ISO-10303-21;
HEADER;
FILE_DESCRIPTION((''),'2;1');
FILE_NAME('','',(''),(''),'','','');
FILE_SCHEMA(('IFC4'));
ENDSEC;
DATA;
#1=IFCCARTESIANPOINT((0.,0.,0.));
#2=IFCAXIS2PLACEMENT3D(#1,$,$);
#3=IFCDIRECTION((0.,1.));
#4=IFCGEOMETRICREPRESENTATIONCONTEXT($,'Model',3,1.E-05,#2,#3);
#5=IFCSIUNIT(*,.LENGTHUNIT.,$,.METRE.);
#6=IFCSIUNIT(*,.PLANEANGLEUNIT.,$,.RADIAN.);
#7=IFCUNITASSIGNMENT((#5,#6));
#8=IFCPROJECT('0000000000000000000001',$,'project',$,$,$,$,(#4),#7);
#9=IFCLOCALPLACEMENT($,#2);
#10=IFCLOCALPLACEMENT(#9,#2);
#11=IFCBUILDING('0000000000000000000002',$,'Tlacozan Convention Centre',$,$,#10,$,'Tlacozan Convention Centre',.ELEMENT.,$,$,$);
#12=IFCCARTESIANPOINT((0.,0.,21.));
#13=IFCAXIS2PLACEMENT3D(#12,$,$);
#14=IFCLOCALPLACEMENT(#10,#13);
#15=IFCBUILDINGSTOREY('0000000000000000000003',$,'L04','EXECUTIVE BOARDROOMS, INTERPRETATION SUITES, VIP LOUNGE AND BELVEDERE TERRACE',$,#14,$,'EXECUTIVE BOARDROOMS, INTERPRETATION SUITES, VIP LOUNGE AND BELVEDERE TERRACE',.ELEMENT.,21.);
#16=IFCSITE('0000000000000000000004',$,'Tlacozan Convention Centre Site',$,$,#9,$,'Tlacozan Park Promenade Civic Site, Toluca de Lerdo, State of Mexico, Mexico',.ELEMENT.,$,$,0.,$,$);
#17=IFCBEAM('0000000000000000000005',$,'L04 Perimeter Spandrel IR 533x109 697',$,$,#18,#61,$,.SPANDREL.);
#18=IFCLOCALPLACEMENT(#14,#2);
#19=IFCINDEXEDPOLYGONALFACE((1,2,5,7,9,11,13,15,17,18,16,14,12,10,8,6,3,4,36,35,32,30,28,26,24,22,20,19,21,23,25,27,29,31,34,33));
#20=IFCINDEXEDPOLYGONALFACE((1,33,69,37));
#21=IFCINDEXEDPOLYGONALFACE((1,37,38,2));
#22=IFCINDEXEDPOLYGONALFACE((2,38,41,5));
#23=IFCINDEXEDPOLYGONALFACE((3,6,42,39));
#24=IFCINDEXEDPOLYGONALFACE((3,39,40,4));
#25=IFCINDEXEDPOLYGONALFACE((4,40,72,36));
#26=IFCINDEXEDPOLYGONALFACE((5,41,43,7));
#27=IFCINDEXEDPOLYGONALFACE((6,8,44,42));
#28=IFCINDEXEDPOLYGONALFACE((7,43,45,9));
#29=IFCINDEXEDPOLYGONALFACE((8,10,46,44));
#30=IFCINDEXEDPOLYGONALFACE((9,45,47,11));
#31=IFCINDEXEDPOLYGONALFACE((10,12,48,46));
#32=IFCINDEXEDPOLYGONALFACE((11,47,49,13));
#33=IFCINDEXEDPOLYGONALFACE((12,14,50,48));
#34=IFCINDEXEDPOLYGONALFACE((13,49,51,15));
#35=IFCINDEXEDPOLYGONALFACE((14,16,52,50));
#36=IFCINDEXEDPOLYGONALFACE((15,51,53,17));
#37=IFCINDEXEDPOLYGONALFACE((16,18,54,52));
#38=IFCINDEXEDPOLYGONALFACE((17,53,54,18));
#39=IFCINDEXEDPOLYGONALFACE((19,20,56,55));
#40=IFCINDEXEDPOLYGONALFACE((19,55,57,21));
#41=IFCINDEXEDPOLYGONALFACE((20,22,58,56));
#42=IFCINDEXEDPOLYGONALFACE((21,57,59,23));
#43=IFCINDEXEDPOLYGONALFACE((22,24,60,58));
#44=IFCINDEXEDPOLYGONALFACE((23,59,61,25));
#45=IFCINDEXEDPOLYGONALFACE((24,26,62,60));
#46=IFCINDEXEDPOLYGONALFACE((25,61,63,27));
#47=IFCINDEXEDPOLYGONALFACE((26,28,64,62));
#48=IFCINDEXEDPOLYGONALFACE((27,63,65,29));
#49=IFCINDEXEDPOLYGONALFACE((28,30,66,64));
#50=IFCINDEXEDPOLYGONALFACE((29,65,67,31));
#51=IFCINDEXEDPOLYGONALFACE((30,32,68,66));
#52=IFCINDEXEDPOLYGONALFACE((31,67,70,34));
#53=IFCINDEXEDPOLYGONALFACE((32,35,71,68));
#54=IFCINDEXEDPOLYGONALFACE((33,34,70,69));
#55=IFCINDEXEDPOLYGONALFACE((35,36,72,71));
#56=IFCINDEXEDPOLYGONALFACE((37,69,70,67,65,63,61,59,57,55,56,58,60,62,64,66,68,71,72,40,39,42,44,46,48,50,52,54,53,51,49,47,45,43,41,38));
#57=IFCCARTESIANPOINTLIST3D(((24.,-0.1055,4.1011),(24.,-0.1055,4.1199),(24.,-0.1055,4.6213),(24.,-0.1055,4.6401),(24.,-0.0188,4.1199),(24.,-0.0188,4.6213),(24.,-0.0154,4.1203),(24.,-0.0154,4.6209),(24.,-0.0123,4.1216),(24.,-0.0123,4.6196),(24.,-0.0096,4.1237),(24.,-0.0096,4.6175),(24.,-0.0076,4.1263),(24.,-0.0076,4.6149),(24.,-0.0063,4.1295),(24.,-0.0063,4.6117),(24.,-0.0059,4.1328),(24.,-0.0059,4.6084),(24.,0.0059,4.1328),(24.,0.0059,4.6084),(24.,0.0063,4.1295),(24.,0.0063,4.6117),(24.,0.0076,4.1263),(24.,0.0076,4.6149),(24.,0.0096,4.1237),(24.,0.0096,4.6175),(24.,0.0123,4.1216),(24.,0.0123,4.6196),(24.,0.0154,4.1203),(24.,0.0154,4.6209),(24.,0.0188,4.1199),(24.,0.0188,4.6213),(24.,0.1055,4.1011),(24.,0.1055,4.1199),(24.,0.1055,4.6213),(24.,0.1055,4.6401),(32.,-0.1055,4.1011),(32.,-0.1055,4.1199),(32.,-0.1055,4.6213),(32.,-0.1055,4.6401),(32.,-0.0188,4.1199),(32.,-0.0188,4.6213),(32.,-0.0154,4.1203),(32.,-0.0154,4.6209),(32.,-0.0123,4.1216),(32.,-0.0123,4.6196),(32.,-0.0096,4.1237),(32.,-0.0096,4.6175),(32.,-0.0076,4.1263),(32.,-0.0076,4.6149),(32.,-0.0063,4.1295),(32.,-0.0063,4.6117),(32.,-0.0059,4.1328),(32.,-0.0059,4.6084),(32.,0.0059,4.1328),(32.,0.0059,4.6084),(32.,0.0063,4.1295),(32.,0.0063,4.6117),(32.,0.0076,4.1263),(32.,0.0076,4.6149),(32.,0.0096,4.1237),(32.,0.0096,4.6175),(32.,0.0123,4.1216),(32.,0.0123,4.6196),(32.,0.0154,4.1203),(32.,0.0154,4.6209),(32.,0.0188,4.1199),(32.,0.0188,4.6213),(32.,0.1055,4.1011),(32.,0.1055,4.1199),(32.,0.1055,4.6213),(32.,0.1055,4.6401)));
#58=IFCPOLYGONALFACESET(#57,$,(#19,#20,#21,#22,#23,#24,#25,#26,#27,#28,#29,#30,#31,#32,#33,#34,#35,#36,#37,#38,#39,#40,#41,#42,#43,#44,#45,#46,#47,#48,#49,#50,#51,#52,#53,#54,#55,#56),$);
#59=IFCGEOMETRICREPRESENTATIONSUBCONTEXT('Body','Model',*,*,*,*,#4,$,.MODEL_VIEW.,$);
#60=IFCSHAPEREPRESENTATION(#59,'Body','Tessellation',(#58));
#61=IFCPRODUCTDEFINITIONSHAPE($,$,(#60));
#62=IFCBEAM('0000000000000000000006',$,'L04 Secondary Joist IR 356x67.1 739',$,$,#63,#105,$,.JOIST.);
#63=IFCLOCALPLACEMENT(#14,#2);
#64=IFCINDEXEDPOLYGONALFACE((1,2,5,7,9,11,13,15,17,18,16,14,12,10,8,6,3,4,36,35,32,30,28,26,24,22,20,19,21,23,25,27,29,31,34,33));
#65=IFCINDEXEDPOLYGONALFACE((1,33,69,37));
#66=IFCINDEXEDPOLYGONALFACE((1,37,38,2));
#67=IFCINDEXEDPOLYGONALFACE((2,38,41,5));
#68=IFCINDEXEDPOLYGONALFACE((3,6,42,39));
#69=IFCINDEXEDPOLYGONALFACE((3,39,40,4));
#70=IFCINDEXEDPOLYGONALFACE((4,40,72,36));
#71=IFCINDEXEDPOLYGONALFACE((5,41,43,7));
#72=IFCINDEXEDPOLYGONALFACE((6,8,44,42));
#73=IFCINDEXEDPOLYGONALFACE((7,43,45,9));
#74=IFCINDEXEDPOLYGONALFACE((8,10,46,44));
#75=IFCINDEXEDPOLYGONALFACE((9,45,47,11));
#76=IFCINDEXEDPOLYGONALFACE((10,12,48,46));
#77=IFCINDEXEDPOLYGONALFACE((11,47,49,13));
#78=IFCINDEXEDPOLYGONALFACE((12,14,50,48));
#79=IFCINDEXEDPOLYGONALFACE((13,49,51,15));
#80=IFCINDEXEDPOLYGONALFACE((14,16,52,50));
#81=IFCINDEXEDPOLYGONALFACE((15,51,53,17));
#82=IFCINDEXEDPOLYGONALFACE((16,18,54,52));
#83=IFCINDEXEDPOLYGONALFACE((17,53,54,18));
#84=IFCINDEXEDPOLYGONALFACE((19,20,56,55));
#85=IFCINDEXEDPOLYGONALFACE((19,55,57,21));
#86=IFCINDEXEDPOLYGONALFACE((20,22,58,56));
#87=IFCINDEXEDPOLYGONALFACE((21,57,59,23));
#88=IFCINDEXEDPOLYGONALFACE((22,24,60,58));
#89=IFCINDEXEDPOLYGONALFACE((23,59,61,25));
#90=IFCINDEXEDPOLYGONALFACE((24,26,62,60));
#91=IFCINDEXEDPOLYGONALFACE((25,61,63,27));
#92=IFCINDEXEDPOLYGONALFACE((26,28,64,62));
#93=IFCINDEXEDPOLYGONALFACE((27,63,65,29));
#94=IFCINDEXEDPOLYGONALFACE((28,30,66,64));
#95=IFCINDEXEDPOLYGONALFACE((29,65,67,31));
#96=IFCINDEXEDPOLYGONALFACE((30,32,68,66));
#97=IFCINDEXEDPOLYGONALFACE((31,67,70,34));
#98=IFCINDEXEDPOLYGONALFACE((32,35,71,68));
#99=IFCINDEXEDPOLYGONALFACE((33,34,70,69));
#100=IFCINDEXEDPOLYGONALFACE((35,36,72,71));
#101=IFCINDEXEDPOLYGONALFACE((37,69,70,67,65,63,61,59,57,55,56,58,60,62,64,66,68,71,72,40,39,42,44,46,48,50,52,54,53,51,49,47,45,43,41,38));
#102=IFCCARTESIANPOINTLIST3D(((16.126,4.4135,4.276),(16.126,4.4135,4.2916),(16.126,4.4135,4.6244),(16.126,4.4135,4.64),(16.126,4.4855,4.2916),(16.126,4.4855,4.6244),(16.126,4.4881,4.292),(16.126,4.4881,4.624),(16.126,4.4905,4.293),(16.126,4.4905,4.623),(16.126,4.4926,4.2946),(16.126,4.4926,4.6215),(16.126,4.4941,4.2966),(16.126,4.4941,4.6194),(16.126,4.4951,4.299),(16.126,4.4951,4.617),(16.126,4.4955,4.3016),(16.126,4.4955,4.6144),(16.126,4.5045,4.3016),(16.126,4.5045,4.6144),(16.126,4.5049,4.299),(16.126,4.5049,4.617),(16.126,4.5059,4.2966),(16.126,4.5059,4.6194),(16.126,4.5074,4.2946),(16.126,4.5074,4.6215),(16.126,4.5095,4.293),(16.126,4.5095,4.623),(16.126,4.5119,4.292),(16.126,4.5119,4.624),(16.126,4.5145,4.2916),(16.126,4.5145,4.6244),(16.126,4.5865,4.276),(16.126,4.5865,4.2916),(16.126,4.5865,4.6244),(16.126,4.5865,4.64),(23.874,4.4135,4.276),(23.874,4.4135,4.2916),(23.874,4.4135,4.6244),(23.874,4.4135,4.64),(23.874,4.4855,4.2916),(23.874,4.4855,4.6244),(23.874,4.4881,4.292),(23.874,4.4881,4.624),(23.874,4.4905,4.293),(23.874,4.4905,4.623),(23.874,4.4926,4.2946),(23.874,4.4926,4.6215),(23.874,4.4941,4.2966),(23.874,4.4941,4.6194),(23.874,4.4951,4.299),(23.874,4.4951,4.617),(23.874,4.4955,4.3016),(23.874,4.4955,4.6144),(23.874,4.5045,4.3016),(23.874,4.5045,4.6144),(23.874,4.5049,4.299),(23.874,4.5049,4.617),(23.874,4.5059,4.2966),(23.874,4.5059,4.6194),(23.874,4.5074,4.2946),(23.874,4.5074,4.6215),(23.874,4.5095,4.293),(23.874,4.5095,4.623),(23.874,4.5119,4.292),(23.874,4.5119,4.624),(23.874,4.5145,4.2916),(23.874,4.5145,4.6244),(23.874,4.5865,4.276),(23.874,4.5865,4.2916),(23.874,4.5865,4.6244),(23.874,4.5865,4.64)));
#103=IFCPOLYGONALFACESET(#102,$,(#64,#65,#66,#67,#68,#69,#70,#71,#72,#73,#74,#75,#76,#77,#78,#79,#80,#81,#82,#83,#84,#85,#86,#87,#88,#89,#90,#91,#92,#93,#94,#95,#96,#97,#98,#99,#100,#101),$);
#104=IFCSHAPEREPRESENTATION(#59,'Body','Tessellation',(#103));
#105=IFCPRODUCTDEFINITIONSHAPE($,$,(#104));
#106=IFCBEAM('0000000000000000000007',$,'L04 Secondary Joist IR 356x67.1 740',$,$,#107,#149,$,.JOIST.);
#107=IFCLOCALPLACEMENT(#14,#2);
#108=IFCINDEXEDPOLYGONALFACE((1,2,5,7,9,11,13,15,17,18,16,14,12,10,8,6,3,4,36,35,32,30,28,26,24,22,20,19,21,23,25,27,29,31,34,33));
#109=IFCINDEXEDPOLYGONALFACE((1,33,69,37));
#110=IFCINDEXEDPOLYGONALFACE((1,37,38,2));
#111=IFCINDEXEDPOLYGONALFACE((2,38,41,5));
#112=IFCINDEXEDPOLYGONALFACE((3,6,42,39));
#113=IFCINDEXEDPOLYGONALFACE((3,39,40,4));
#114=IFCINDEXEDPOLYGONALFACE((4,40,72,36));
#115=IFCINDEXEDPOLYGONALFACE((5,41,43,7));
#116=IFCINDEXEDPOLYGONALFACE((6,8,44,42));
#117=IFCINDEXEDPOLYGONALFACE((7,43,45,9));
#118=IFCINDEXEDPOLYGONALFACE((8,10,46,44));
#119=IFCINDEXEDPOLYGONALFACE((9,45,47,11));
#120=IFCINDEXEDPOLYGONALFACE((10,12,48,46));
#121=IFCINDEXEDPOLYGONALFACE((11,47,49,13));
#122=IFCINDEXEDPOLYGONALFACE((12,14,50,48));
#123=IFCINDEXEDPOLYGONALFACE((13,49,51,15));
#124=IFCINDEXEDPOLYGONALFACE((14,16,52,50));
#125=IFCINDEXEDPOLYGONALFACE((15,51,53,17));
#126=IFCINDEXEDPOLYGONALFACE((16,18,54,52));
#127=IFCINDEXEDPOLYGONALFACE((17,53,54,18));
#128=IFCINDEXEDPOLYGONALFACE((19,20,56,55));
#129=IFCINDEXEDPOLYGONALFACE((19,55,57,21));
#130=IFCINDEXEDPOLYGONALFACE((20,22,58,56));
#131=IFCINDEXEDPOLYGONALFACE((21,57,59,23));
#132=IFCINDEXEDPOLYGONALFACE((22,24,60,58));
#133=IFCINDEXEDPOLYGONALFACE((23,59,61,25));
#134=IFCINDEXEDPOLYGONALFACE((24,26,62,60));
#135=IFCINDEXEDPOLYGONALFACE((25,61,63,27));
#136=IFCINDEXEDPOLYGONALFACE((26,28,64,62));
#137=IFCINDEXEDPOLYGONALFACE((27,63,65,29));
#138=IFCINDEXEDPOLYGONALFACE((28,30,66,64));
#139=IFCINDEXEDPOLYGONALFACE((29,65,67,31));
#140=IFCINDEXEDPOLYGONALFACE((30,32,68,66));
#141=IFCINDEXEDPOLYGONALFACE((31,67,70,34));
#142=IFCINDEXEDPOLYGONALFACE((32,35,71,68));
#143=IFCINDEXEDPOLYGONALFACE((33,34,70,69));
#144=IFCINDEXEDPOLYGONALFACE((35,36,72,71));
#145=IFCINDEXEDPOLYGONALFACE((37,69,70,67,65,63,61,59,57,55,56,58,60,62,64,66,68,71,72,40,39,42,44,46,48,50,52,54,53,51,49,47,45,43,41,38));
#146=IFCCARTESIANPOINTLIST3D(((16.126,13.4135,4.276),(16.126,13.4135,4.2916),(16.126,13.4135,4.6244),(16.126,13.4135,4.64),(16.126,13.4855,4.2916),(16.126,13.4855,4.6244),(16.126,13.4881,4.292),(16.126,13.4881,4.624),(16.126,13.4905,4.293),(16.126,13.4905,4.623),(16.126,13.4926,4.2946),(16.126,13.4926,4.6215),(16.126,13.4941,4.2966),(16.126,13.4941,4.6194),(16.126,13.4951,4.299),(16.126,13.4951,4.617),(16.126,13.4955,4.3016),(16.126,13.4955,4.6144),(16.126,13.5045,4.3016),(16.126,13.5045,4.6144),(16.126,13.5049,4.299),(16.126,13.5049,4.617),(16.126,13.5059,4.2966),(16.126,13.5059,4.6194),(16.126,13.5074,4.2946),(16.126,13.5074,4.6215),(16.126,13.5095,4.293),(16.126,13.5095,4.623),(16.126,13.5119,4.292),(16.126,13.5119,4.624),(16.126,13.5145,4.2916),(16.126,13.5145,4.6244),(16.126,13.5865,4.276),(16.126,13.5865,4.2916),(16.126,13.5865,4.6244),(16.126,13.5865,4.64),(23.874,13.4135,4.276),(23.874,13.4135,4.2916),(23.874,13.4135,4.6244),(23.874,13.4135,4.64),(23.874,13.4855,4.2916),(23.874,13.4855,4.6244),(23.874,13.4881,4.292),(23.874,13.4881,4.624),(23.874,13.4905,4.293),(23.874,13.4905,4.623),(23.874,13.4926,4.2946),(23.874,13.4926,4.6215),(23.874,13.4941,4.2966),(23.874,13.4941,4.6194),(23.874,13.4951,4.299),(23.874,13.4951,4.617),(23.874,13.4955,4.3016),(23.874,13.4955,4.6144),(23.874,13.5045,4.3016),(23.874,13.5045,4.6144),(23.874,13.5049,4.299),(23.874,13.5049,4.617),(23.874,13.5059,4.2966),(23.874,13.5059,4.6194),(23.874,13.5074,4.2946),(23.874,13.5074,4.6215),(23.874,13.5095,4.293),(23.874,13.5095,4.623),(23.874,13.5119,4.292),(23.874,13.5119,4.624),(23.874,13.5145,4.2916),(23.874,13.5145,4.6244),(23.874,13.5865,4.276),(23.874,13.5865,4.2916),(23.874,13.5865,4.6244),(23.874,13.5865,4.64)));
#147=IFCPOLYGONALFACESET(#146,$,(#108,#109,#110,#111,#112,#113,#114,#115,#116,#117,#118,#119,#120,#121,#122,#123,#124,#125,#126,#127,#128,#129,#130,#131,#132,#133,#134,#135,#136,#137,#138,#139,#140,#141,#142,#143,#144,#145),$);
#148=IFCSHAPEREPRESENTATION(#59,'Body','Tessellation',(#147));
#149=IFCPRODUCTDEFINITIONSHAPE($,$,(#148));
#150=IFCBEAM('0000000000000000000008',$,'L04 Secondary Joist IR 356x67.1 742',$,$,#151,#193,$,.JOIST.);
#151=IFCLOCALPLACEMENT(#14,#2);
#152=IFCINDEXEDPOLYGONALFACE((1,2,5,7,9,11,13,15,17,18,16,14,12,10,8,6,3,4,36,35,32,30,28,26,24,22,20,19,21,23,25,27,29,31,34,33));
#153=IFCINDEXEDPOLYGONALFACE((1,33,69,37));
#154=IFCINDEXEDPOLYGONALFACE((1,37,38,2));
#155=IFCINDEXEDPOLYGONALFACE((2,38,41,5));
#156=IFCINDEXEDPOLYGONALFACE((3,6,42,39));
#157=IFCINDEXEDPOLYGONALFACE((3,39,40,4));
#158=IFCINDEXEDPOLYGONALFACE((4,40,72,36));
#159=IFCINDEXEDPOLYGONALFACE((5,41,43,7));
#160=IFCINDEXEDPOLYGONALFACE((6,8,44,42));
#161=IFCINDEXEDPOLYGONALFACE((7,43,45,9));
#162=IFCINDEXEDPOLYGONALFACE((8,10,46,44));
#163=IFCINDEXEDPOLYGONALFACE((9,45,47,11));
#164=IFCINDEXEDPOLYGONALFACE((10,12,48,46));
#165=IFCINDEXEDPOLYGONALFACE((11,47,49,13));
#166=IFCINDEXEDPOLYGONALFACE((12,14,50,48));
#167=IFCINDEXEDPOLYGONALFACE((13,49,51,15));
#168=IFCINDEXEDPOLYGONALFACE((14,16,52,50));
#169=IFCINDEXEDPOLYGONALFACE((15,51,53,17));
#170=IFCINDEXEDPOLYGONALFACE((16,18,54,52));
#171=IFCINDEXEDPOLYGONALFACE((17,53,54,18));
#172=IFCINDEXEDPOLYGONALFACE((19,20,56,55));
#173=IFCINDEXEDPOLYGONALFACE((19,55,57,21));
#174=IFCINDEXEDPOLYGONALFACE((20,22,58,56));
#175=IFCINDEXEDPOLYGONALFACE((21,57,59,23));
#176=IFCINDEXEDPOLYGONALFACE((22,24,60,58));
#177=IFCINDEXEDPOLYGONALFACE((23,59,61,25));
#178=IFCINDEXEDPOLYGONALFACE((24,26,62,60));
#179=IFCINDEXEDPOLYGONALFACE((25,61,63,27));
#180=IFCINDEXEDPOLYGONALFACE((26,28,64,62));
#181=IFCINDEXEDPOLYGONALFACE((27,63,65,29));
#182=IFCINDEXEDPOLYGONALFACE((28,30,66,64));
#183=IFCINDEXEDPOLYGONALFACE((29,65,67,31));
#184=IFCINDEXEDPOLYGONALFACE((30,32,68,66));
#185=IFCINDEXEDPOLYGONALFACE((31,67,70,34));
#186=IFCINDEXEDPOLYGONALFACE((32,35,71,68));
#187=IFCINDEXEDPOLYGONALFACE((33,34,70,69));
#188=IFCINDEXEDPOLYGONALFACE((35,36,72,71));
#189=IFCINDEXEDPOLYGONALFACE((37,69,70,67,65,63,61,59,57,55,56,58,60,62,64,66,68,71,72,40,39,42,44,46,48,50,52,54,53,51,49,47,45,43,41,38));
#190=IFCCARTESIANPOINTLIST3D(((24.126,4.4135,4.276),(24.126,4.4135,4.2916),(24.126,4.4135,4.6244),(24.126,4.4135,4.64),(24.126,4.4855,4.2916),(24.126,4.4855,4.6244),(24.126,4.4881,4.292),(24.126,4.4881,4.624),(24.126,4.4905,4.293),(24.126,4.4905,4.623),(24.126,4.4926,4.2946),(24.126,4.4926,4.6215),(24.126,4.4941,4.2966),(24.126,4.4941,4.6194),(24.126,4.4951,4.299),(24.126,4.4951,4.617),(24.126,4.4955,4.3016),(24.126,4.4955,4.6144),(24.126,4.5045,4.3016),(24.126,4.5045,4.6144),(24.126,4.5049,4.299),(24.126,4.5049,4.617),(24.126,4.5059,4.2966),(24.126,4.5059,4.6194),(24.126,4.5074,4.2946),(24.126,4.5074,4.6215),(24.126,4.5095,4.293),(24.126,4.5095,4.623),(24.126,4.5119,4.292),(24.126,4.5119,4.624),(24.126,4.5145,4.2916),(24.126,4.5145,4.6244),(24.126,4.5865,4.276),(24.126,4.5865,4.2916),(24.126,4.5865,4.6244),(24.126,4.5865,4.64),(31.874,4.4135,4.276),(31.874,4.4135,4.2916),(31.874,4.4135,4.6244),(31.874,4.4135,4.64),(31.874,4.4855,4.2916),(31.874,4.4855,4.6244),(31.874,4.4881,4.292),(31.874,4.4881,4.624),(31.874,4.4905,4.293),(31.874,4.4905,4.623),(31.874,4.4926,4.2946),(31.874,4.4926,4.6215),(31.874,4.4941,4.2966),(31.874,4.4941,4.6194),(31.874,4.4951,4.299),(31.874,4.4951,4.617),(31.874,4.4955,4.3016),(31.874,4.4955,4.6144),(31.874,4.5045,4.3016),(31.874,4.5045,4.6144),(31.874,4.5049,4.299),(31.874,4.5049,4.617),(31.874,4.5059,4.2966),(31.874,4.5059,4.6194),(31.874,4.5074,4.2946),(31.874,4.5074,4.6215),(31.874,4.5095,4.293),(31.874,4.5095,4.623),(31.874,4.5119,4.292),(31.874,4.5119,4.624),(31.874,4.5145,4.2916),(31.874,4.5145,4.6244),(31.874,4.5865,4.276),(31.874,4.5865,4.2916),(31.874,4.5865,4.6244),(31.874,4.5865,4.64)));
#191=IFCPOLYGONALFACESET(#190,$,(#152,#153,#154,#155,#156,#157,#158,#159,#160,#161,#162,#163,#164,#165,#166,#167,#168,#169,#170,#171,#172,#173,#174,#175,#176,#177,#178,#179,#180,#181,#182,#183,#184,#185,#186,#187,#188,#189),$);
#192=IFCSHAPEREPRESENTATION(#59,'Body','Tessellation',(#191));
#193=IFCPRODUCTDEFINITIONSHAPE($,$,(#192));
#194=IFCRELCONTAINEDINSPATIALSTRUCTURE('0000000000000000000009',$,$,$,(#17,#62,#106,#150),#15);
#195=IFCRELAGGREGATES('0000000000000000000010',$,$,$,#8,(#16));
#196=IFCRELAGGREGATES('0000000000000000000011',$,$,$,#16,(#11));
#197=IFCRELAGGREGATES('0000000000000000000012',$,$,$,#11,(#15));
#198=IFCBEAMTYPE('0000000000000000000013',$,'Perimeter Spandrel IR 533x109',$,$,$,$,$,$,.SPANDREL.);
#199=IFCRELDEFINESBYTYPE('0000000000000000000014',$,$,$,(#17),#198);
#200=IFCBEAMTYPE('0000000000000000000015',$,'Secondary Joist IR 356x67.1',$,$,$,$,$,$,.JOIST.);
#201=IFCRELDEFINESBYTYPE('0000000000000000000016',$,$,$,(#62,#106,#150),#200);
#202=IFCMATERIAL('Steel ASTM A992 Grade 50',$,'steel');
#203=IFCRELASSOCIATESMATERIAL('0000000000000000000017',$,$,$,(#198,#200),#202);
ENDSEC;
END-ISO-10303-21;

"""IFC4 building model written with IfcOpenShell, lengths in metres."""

from ifc_helpers import new_model, si_unit, direction, frame, origin, origin_2d, place, context, subcontext, project, spatial, i_section, extrude, material, material_profile, profile_set, type_object, element, save


model = new_model("IFC4")

# Units and contexts
model_context = context("Model", 3, precision=1e-05, world=origin(), true_north=direction((0.0, 1.0)))
body_context = subcontext(model_context, "Body", "Model", "MODEL_VIEW")
ifc_project = project(units=[si_unit("LENGTHUNIT", "METRE"), si_unit("PLANEANGLEUNIT", "RADIAN")], contexts=[model_context])

# Site, building, storey
site_placement = place(None, origin())
site = spatial("IfcSite", under=ifc_project, at=site_placement, Name="Tlacozan Convention Centre Site", LongName="Tlacozan Park Promenade Civic Site, Toluca de Lerdo, State of Mexico, Mexico", CompositionType="ELEMENT", RefElevation=0.0)
building_placement = place(site_placement, origin())
building = spatial("IfcBuilding", under=site, at=building_placement, Name="Tlacozan Convention Centre", LongName="Tlacozan Convention Centre", CompositionType="ELEMENT")
storey_placement = place(building_placement, frame((0.0, 0.0, 21.0)))
storey = spatial("IfcBuildingStorey", under=building, at=storey_placement, Name="L04", Description="EXECUTIVE BOARDROOMS, INTERPRETATION SUITES, VIP LOUNGE AND BELVEDERE TERRACE", LongName="EXECUTIVE BOARDROOMS, INTERPRETATION SUITES, VIP LOUNGE AND BELVEDERE TERRACE", CompositionType="ELEMENT", Elevation=21.0)

# Beams
ifc_material_1 = material(Name="Steel ASTM A992 Grade 50", Category="steel")
ifc_material_profile_1 = material_profile(ifc_material_1, i_section(OverallWidth=0.2109, OverallDepth=0.5391, WebThickness=0.0117, FlangeThickness=0.0188, FilletRadius=0.0129, at=origin_2d()), Name="IR 533x109.0")
ifc_profile_set_1 = profile_set([ifc_material_profile_1], Name="Steel ASTM A992 Grade 50")
beam_type_1 = type_object("IfcBeamType", Name="Perimeter Spandrel IR 533x109", PredefinedType="SPANDREL", material=ifc_profile_set_1)
beam_1_placement = place(storey_placement, frame((24.0, 0.0, 4.3706), z_axis=(1.0, 0.0, 0.0), x_axis=(0.0, 1.0, 0.0)))
element("IfcBeam", 1, at=beam_1_placement, inside=storey, type_object=beam_type_1, Name="L04 Perimeter Spandrel IR 533x109 697", PredefinedType="SPANDREL", context=body_context, shape_type="SweptSolid", body=[
    extrude(i_section(OverallWidth=0.2109, OverallDepth=0.5391, WebThickness=0.0117, FlangeThickness=0.0188, FilletRadius=0.0129, at=origin_2d()), origin(), (0.0, 0.0, 1.0), 8.0),
])
ifc_material_profile_2 = material_profile(ifc_material_1, i_section(OverallWidth=0.1731, OverallDepth=0.364, WebThickness=0.009, FlangeThickness=0.0156, FilletRadius=0.01, at=origin_2d()), Name="IR 356x67.1")
ifc_profile_set_2 = profile_set([ifc_material_profile_2], Name="Steel ASTM A992 Grade 50")
beam_type_2 = type_object("IfcBeamType", Name="Secondary Joist IR 356x67.1", PredefinedType="JOIST", material=ifc_profile_set_2)
for number, where, z_axis, x_axis, name in (
    (2, (16.126, 4.5, 4.458), (1.0, 0.0, 0.0), (0.0, 1.0, 0.0), "L04 Secondary Joist IR 356x67.1 739"),
    (3, (16.126, 13.5, 4.458), (1.0, 0.0, 0.0), (0.0, 1.0, 0.0), "L04 Secondary Joist IR 356x67.1 740"),
    (4, (24.126, 4.5, 4.458), (1.0, 0.0, 0.0), (0.0, 1.0, 0.0), "L04 Secondary Joist IR 356x67.1 742"),
):
    element("IfcBeam", number, at=place(storey_placement, frame(where, z_axis=z_axis, x_axis=x_axis)), inside=storey, type_object=beam_type_2, Name=name, PredefinedType="JOIST", context=body_context, shape_type="SweptSolid", body=[
        extrude(i_section(OverallWidth=0.1731, OverallDepth=0.364, WebThickness=0.009, FlangeThickness=0.0156, FilletRadius=0.01, at=origin_2d()), origin(), (0.0, 0.0, 1.0), 7.748),
    ])

save(model, "model.ifc")
